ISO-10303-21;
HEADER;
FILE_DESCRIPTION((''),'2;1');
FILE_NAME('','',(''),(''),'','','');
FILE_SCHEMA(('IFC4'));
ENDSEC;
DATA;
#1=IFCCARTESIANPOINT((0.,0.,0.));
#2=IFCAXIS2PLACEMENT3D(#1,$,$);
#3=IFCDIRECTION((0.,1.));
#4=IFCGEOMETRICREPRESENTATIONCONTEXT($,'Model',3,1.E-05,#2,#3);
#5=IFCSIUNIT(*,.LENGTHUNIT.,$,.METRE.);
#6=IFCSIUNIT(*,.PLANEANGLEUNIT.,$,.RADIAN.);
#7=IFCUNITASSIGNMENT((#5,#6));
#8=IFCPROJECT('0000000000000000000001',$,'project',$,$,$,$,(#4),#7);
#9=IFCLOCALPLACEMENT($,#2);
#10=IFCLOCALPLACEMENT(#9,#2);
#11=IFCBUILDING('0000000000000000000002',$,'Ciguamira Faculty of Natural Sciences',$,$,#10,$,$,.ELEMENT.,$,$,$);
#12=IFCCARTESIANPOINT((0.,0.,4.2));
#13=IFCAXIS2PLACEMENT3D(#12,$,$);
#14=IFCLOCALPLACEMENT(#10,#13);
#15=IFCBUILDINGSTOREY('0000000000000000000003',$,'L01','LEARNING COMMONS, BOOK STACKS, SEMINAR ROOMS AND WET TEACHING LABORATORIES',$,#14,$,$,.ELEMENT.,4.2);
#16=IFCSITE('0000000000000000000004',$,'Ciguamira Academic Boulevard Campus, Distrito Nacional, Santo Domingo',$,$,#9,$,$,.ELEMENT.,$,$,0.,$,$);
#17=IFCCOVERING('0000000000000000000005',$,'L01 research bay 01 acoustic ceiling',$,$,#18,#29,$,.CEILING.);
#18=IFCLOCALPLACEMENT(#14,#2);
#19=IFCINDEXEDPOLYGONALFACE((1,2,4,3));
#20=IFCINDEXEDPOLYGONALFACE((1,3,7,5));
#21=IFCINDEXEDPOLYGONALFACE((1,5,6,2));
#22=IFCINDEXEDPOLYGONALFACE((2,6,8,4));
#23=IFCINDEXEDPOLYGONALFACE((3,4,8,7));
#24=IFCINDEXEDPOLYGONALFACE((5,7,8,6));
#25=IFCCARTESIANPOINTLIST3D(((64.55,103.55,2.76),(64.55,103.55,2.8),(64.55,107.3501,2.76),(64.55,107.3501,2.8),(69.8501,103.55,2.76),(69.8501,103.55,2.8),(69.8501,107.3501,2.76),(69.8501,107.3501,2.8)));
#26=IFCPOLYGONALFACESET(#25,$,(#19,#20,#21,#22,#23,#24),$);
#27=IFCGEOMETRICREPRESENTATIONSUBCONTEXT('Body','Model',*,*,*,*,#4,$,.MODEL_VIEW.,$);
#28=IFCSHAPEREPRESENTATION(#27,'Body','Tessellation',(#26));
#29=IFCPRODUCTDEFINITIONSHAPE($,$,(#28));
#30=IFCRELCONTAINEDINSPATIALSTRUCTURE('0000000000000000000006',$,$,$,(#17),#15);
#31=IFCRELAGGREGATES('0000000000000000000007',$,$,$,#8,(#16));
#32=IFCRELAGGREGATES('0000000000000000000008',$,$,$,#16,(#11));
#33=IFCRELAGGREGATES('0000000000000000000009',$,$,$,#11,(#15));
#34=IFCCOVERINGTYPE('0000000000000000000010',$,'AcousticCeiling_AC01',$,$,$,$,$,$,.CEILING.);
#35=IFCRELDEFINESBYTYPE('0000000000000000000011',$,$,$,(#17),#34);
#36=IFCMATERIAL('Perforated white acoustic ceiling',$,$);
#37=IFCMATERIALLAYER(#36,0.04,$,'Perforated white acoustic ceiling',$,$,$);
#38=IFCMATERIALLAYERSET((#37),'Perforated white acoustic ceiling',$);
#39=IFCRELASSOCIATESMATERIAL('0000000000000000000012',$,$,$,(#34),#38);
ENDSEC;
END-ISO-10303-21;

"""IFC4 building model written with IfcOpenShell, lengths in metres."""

from ifc_helpers import new_model, si_unit, direction, frame, origin, place, context, subcontext, project, spatial, polyline, outline, extrude, material, layer, layer_set, type_object, element, save


model = new_model("IFC4")

# Units and contexts
model_context = context("Model", 3, precision=1e-05, world=origin(), true_north=direction((0.0, 1.0)))
body_context = subcontext(model_context, "Body", "Model", "MODEL_VIEW")
ifc_project = project(units=[si_unit("LENGTHUNIT", "METRE"), si_unit("PLANEANGLEUNIT", "RADIAN")], contexts=[model_context])

# Site, building, storey
site_placement = place(None, origin())
site = spatial("IfcSite", under=ifc_project, at=site_placement, Name="Ciguamira Academic Boulevard Campus, Distrito Nacional, Santo Domingo", CompositionType="ELEMENT", RefElevation=0.0)
building_placement = place(site_placement, origin())
building = spatial("IfcBuilding", under=site, at=building_placement, Name="Ciguamira Faculty of Natural Sciences", CompositionType="ELEMENT")
storey_placement = place(building_placement, frame((0.0, 0.0, 4.2)))
storey = spatial("IfcBuildingStorey", under=building, at=storey_placement, Name="L01", Description="LEARNING COMMONS, BOOK STACKS, SEMINAR ROOMS AND WET TEACHING LABORATORIES", CompositionType="ELEMENT", Elevation=4.2)

# Covering
ifc_material_1 = material(Name="Perforated white acoustic ceiling")
ifc_layer_1 = layer(ifc_material_1, 0.04, Name="Perforated white acoustic ceiling")
ifc_layer_set_1 = layer_set([ifc_layer_1], Name="Perforated white acoustic ceiling")
covering_type = type_object("IfcCoveringType", Name="AcousticCeiling_AC01", PredefinedType="CEILING", material=ifc_layer_set_1)
covering_1_placement = place(storey_placement, frame((0.0, 0.0, 2.76)))
element("IfcCovering", 1, at=covering_1_placement, inside=storey, type_object=covering_type, Name="L01 research bay 01 acoustic ceiling", PredefinedType="CEILING", context=body_context, shape_type="SweptSolid", body=[
    extrude(outline(polyline([(64.55, 103.55), (69.8501, 103.55), (69.8501, 107.3501), (64.55, 107.3501), (64.55, 103.55)])), origin(), (0.0, 0.0, 1.0), 0.04),
])

save(model, "model.ifc")
